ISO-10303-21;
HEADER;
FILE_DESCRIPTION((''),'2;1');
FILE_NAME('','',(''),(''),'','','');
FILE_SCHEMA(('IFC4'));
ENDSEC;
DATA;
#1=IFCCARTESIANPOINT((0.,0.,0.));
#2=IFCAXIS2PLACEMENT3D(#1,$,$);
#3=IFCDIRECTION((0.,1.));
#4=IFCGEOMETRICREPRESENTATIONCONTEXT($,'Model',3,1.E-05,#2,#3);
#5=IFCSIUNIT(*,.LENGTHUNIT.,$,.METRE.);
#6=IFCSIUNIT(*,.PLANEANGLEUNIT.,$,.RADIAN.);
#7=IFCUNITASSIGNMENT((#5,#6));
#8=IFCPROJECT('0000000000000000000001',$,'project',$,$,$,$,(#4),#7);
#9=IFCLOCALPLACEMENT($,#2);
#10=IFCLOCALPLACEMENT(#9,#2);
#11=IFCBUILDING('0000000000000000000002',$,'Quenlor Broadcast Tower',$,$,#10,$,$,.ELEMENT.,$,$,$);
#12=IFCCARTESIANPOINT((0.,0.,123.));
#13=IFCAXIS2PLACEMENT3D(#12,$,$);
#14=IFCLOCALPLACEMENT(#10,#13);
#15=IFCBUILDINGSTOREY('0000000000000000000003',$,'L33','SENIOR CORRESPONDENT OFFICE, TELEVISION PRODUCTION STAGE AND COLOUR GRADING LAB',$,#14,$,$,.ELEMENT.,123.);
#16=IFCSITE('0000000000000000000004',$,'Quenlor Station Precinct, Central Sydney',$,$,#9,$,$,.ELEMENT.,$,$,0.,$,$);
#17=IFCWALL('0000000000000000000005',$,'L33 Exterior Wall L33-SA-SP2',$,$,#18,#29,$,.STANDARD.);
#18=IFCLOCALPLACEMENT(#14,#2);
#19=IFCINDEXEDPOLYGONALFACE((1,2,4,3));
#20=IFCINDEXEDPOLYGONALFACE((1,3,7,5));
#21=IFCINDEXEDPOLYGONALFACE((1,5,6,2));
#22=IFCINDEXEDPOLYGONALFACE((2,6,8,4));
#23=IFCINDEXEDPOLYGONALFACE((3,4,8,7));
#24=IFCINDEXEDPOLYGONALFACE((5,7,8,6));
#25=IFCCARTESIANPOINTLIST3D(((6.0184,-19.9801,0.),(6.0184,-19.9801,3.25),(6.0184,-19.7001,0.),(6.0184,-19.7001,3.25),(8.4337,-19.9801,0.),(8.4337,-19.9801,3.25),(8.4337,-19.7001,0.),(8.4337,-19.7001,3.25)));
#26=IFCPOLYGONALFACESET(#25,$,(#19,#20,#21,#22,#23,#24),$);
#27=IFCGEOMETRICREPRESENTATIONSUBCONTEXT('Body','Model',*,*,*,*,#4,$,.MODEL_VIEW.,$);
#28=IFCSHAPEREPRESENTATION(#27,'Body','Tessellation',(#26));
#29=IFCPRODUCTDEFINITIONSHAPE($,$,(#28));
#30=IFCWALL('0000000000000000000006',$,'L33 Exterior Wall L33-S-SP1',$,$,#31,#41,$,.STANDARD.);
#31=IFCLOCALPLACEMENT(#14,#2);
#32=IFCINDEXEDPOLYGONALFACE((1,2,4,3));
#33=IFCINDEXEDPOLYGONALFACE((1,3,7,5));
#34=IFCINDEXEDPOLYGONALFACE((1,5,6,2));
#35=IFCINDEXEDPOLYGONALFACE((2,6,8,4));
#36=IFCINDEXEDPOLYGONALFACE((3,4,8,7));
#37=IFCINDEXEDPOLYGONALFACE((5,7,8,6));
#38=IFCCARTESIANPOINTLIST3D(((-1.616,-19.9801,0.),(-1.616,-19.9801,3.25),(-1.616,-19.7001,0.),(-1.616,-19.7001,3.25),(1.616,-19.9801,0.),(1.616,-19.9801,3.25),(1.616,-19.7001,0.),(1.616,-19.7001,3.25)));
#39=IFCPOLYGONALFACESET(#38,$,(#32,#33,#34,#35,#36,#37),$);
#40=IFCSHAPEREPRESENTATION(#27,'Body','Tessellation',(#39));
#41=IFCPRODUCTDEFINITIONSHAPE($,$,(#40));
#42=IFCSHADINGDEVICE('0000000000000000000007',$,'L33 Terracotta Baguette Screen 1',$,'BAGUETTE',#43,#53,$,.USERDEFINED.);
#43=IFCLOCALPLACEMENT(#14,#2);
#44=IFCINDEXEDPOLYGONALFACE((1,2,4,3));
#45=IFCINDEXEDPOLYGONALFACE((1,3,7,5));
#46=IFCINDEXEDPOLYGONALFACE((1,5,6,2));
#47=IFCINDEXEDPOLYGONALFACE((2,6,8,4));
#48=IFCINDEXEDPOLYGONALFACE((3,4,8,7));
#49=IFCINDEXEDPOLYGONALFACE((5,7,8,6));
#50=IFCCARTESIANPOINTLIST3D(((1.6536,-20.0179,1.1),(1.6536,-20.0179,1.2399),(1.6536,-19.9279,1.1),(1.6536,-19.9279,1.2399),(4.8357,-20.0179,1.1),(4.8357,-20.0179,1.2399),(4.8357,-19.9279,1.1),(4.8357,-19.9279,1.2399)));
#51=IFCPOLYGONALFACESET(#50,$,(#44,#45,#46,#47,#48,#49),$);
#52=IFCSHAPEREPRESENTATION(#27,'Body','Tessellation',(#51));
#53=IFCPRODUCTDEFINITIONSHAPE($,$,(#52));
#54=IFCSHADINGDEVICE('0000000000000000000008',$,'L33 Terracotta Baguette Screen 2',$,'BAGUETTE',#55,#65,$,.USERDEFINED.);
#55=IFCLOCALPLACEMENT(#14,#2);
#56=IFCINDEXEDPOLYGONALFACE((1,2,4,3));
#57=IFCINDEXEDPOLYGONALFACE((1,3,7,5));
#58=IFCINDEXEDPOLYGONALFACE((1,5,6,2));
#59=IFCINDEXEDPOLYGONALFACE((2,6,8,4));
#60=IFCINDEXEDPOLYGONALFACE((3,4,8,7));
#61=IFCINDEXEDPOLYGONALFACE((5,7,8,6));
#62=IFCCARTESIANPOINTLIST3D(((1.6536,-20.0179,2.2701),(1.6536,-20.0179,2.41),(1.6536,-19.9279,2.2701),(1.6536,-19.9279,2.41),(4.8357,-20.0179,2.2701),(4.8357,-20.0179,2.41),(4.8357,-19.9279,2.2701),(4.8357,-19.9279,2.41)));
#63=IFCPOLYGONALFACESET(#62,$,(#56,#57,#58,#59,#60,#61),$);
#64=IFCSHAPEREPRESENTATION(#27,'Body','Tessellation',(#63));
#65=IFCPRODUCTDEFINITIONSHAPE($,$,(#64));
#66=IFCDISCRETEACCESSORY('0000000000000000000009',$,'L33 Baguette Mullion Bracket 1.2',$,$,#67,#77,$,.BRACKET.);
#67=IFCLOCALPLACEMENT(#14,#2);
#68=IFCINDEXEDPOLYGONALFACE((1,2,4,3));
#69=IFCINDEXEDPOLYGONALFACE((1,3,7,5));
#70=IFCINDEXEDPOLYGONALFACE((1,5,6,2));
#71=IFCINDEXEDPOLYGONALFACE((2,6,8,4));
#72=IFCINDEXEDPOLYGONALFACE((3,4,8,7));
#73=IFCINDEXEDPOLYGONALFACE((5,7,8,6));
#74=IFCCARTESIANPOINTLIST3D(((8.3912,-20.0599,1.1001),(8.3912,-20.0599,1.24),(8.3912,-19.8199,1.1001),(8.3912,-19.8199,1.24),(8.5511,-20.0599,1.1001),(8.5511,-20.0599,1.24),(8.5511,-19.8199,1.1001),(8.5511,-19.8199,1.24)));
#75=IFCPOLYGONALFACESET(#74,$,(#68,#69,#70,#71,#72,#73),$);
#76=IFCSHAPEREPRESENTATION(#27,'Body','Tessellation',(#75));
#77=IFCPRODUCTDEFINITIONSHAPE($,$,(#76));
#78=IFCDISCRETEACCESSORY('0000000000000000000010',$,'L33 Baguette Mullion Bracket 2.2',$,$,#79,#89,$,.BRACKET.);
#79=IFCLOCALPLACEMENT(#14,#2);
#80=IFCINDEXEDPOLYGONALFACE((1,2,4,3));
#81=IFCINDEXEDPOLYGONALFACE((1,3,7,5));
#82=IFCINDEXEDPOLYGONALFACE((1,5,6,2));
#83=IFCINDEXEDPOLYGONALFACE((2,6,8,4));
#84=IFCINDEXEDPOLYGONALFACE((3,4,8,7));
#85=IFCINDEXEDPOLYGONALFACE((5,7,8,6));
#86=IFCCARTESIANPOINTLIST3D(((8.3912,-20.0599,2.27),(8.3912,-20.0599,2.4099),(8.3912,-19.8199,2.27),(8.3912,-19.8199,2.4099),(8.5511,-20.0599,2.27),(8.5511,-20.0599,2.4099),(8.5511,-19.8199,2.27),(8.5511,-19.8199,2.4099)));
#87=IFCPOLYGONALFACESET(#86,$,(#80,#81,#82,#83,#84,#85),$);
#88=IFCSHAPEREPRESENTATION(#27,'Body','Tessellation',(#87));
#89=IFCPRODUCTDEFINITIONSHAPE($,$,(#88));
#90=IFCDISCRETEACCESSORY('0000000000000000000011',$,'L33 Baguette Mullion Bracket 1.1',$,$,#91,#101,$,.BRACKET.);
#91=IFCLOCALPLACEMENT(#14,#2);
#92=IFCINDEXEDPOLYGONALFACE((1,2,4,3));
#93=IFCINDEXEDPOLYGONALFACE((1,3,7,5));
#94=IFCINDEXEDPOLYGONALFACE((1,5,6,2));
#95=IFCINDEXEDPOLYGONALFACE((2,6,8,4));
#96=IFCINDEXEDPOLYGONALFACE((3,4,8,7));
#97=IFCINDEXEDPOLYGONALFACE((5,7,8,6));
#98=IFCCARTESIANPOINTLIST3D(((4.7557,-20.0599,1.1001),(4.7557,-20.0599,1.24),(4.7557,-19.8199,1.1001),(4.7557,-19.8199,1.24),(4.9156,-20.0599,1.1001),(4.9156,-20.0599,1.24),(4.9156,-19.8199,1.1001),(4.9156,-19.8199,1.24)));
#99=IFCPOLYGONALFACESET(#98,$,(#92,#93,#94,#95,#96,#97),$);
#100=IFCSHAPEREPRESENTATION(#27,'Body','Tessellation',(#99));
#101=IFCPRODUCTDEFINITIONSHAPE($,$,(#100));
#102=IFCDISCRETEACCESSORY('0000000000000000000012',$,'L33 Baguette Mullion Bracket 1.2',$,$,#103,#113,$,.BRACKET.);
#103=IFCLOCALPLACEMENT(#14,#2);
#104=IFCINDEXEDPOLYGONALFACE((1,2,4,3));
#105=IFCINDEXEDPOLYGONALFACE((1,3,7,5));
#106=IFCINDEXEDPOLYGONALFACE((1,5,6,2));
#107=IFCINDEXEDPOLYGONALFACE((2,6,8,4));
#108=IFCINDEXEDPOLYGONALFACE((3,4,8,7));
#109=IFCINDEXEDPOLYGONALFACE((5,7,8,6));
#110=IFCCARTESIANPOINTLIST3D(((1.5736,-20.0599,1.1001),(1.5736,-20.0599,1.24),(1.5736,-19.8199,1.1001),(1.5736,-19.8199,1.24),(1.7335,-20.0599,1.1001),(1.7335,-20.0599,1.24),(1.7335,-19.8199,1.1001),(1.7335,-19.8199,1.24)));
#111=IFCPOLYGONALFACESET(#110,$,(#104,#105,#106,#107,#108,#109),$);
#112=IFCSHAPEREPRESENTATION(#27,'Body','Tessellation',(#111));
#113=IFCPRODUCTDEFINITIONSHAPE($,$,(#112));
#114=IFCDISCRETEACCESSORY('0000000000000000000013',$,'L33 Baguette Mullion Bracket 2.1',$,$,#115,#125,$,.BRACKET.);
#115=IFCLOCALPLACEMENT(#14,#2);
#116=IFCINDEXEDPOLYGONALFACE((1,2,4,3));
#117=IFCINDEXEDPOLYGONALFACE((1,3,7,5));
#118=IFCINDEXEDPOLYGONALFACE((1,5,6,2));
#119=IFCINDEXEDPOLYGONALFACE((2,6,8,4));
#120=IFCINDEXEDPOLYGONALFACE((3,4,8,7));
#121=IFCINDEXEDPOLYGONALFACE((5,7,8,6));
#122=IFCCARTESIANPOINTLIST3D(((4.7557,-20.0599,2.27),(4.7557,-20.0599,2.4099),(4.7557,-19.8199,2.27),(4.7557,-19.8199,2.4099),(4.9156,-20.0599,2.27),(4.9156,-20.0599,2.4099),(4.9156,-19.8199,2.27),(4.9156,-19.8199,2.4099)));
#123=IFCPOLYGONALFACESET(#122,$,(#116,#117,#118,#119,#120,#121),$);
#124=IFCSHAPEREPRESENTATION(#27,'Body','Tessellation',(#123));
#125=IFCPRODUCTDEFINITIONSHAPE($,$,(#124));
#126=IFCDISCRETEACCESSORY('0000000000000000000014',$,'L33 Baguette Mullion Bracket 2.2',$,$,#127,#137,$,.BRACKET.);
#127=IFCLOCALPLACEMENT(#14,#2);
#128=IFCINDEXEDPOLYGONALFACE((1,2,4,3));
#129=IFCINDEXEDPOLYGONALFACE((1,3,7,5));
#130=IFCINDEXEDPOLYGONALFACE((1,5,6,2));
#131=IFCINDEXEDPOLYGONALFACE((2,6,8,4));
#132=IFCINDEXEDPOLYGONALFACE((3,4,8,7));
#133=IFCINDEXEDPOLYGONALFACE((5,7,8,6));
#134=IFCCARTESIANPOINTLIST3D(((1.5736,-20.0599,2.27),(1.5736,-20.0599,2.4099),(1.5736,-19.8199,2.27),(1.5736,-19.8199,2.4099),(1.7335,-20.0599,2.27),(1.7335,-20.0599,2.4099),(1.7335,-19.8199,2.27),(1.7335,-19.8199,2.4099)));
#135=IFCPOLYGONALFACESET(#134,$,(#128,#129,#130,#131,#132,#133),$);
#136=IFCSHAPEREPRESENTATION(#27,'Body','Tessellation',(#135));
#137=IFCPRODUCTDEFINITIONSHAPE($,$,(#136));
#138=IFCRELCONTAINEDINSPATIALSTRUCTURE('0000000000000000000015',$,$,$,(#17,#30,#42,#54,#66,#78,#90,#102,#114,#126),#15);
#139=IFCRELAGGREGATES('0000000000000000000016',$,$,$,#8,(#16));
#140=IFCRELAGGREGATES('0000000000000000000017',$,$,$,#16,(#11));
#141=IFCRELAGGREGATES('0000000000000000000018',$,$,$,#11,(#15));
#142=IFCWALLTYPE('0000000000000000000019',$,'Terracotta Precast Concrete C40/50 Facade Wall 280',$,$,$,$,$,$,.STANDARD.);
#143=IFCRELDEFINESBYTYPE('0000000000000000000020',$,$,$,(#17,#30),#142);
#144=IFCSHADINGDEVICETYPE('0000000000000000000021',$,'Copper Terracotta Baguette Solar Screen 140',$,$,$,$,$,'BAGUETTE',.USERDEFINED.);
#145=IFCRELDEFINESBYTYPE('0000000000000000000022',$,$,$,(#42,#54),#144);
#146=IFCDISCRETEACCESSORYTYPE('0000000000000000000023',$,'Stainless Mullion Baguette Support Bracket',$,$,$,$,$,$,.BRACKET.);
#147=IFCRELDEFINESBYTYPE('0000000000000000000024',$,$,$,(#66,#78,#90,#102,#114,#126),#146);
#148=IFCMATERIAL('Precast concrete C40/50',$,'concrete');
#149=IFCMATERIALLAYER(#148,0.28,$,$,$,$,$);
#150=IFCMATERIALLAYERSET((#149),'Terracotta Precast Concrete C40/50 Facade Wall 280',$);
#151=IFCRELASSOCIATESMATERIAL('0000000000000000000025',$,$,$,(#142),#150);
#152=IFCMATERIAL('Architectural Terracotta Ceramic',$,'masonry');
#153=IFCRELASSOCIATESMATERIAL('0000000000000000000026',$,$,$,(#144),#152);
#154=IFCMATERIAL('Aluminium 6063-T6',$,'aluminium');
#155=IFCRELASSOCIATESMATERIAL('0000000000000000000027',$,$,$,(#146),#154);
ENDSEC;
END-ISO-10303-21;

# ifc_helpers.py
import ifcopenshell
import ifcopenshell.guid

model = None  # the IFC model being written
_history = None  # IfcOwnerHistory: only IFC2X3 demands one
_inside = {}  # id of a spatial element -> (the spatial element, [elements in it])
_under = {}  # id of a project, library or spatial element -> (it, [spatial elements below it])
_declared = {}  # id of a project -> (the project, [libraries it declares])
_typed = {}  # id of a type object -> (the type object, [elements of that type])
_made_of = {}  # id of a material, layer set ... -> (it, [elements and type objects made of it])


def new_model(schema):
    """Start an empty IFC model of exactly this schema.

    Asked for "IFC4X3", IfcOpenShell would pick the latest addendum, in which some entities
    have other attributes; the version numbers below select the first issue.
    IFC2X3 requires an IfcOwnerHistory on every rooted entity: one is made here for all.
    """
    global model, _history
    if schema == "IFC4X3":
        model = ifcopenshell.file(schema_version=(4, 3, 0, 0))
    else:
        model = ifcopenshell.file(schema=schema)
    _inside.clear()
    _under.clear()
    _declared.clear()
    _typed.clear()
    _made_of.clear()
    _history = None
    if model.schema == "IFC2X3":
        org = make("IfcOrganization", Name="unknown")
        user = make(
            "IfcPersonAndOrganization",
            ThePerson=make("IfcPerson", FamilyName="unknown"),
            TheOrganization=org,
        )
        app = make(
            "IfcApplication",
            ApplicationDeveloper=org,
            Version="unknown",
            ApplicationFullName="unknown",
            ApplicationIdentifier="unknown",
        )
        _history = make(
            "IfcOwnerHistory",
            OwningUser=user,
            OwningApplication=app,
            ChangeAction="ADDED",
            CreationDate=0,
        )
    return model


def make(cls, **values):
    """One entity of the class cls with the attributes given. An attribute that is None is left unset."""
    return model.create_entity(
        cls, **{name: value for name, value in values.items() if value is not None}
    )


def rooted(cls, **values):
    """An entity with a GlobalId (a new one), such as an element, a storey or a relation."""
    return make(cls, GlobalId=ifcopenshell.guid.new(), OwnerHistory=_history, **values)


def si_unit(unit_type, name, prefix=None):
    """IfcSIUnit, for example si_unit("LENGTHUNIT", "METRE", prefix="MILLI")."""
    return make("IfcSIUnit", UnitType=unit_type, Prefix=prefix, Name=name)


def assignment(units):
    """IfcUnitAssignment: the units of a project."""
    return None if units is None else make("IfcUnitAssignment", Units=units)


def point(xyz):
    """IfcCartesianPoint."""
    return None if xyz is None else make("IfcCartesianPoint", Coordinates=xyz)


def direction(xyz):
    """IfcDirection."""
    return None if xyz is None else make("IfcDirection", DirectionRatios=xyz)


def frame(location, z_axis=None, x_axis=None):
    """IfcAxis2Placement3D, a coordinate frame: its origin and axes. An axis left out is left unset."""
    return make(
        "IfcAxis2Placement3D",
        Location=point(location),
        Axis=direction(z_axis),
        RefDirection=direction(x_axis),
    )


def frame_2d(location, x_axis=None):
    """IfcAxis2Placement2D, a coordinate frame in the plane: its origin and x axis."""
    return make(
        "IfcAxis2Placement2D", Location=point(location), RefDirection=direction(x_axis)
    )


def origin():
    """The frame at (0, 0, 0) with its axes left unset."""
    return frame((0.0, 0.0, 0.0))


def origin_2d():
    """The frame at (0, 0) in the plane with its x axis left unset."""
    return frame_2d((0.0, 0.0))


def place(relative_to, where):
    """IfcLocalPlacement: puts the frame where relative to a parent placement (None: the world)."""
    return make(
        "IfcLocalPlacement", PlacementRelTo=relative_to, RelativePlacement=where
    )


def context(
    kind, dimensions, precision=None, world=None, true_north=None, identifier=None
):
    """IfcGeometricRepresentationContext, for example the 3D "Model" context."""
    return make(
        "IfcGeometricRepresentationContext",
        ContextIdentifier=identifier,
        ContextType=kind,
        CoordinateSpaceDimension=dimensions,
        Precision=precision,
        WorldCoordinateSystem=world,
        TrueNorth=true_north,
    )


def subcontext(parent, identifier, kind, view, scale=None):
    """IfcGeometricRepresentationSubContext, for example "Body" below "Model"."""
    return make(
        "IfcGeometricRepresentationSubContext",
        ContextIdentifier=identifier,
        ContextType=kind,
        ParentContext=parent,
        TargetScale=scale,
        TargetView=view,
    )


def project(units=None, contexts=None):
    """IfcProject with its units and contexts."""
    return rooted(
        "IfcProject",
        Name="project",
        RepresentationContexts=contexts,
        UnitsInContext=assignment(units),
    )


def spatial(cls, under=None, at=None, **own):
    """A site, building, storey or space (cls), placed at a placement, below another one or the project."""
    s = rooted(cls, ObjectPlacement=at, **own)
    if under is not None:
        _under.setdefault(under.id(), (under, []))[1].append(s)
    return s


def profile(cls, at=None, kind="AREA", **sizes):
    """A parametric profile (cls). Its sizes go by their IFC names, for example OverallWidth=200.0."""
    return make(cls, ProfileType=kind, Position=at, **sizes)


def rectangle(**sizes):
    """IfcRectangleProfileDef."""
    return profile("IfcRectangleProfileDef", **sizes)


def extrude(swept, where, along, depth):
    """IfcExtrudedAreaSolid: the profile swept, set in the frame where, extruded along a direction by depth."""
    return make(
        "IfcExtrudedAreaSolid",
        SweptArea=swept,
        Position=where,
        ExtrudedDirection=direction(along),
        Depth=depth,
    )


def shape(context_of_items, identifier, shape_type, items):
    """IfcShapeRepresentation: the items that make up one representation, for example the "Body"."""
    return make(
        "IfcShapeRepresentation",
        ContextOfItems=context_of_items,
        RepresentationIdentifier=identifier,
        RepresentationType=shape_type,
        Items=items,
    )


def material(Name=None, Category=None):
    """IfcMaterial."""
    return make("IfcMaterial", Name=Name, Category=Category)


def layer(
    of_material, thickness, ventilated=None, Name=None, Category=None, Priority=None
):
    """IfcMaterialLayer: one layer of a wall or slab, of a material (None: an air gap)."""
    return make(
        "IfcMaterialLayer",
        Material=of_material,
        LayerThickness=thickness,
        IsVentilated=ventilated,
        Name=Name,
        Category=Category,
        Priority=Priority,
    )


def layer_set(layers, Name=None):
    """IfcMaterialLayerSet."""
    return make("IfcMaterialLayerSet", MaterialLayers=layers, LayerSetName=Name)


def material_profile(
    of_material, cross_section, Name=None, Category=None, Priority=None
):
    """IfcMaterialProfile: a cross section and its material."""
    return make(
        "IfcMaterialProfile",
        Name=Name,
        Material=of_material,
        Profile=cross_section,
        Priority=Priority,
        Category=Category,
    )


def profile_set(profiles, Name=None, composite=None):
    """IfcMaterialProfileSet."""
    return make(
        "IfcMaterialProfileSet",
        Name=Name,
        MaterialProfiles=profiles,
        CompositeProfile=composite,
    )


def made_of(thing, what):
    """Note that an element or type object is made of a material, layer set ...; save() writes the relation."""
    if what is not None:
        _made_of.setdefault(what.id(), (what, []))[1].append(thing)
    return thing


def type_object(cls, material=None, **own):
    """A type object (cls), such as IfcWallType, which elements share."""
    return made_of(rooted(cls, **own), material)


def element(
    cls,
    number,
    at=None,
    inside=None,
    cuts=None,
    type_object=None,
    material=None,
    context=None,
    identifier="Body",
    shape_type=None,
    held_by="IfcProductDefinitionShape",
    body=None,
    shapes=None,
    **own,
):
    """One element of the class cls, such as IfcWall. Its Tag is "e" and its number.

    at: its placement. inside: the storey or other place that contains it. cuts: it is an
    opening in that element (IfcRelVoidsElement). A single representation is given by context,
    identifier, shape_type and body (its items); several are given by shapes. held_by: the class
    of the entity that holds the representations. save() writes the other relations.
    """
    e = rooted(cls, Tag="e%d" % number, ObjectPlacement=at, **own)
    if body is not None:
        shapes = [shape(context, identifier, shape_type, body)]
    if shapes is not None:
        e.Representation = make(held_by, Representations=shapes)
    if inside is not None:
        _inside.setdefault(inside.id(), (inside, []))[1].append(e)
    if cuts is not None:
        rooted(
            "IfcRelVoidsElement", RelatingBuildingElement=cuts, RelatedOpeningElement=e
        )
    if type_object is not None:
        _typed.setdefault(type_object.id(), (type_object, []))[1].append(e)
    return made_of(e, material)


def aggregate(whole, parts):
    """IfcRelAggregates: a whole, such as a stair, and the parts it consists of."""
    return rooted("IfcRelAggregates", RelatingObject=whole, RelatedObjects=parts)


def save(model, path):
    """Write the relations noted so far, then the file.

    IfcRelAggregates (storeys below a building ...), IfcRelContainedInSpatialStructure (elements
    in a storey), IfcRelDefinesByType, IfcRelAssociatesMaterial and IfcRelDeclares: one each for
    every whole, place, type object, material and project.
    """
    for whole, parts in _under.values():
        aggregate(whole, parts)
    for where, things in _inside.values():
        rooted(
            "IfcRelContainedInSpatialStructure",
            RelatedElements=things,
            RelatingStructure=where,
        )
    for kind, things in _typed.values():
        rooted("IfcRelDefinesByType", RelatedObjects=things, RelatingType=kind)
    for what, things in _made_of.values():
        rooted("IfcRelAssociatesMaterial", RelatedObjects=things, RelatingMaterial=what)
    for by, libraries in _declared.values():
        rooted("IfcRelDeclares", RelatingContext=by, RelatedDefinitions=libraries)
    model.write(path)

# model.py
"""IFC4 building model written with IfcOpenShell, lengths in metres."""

from ifc_helpers import new_model, si_unit, direction, frame, frame_2d, origin, origin_2d, place, context, subcontext, project, spatial, rectangle, extrude, material, layer, layer_set, material_profile, profile_set, type_object, element, save


model = new_model("IFC4")

# Units and contexts
model_context = context("Model", 3, precision=1e-05, world=origin(), true_north=direction((0.0, 1.0)))
body_context = subcontext(model_context, "Body", "Model", "MODEL_VIEW")
ifc_project = project(units=[si_unit("LENGTHUNIT", "METRE"), si_unit("PLANEANGLEUNIT", "RADIAN")], contexts=[model_context])

# Site, building, storey
site_placement = place(None, origin())
site = spatial("IfcSite", under=ifc_project, at=site_placement, Name="Quenlor Station Precinct, Central Sydney", CompositionType="ELEMENT", RefElevation=0.0)
building_placement = place(site_placement, origin())
building = spatial("IfcBuilding", under=site, at=building_placement, Name="Quenlor Broadcast Tower", CompositionType="ELEMENT")
storey_placement = place(building_placement, frame((0.0, 0.0, 123.0)))
storey = spatial("IfcBuildingStorey", under=building, at=storey_placement, Name="L33", Description="SENIOR CORRESPONDENT OFFICE, TELEVISION PRODUCTION STAGE AND COLOUR GRADING LAB", CompositionType="ELEMENT", Elevation=123.0)

# Walls
ifc_material_1 = material(Name="Precast concrete C40/50", Category="concrete")
ifc_layer_1 = layer(ifc_material_1, 0.28)
ifc_layer_set_1 = layer_set([ifc_layer_1], Name="Terracotta Precast Concrete C40/50 Facade Wall 280")
wall_type_1 = type_object("IfcWallType", Name="Terracotta Precast Concrete C40/50 Facade Wall 280", PredefinedType="STANDARD", material=ifc_layer_set_1)
wall_1_placement = place(storey_placement, frame((8.4336, -19.8401, 0.0), z_axis=(0.0, 0.0, 1.0), x_axis=(-1.0, 0.0, 0.0)))
element("IfcWall", 1, at=wall_1_placement, inside=storey, type_object=wall_type_1, Name="L33 Exterior Wall L33-SA-SP2", PredefinedType="STANDARD", context=body_context, shape_type="SweptSolid", body=[
    extrude(rectangle(XDim=2.4153, YDim=0.28, at=frame_2d((1.2075, 0.0))), origin(), (0.0, 0.0, 1.0), 3.25),
])
wall_2_placement = place(storey_placement, frame((1.616, -19.8401, 0.0), z_axis=(0.0, 0.0, 1.0), x_axis=(-1.0, 0.0, 0.0)))
element("IfcWall", 2, at=wall_2_placement, inside=storey, type_object=wall_type_1, Name="L33 Exterior Wall L33-S-SP1", PredefinedType="STANDARD", context=body_context, shape_type="SweptSolid", body=[
    extrude(rectangle(XDim=3.2319, YDim=0.28, at=frame_2d((1.616, 0.0))), origin(), (0.0, 0.0, 1.0), 3.25),
])

# Shading devices
ifc_material_2 = material(Name="Architectural Terracotta Ceramic", Category="masonry")
ifc_material_profile_1 = material_profile(ifc_material_2, rectangle(XDim=0.0901, YDim=0.1399, at=origin_2d()))
ifc_profile_set_1 = profile_set([ifc_material_profile_1], Name="Architectural Terracotta Ceramic BAG90x140")
shading_device_type = type_object("IfcShadingDeviceType", Name="Copper Terracotta Baguette Solar Screen 140", ElementType="BAGUETTE", PredefinedType="USERDEFINED", material=ifc_profile_set_1)
for number, where, z_axis, x_axis, name in (
    (3, (4.8357, -19.9729, 1.1699), (-1.0, 0.0, 0.0), (0.0, -1.0, 0.0), "L33 Terracotta Baguette Screen 1"),
    (4, (4.8357, -19.9729, 2.3401), (-1.0, 0.0, 0.0), (0.0, -1.0, 0.0), "L33 Terracotta Baguette Screen 2"),
):
    element("IfcShadingDevice", number, at=place(storey_placement, frame(where, z_axis=z_axis, x_axis=x_axis)), inside=storey, type_object=shading_device_type, Name=name, ObjectType="BAGUETTE", PredefinedType="USERDEFINED", context=body_context, shape_type="SweptSolid", body=[
        extrude(rectangle(XDim=0.0901, YDim=0.1399, at=origin_2d()), origin(), (0.0, 0.0, 1.0), 3.1821),
    ])

# Discrete accessories
ifc_material_3 = material(Name="Aluminium 6063-T6", Category="aluminium")
discrete_accessory_type = type_object("IfcDiscreteAccessoryType", Name="Stainless Mullion Baguette Support Bracket", PredefinedType="BRACKET", material=ifc_material_3)
for number, where, z_axis, x_axis, name in (
    (5, (8.4712, -19.9399, 1.1001), (0.0, 0.0, 1.0), (-1.0, 0.0, 0.0), "L33 Baguette Mullion Bracket 1.2"),
    (6, (8.4712, -19.9399, 2.27), (0.0, 0.0, 1.0), (-1.0, 0.0, 0.0), "L33 Baguette Mullion Bracket 2.2"),
    (7, (4.8357, -19.9399, 1.1001), (0.0, 0.0, 1.0), (-1.0, 0.0, 0.0), "L33 Baguette Mullion Bracket 1.1"),
    (8, (1.6536, -19.9399, 1.1001), (0.0, 0.0, 1.0), (-1.0, 0.0, 0.0), "L33 Baguette Mullion Bracket 1.2"),
    (9, (4.8357, -19.9399, 2.27), (0.0, 0.0, 1.0), (-1.0, 0.0, 0.0), "L33 Baguette Mullion Bracket 2.1"),
    (10, (1.6536, -19.9399, 2.27), (0.0, 0.0, 1.0), (-1.0, 0.0, 0.0), "L33 Baguette Mullion Bracket 2.2"),
):
    element("IfcDiscreteAccessory", number, at=place(storey_placement, frame(where, z_axis=z_axis, x_axis=x_axis)), inside=storey, type_object=discrete_accessory_type, Name=name, PredefinedType="BRACKET", context=body_context, shape_type="SweptSolid", body=[
        extrude(rectangle(XDim=0.1599, YDim=0.24, at=origin_2d()), origin(), (0.0, 0.0, 1.0), 0.1399),
    ])

save(model, "model.ifc")
